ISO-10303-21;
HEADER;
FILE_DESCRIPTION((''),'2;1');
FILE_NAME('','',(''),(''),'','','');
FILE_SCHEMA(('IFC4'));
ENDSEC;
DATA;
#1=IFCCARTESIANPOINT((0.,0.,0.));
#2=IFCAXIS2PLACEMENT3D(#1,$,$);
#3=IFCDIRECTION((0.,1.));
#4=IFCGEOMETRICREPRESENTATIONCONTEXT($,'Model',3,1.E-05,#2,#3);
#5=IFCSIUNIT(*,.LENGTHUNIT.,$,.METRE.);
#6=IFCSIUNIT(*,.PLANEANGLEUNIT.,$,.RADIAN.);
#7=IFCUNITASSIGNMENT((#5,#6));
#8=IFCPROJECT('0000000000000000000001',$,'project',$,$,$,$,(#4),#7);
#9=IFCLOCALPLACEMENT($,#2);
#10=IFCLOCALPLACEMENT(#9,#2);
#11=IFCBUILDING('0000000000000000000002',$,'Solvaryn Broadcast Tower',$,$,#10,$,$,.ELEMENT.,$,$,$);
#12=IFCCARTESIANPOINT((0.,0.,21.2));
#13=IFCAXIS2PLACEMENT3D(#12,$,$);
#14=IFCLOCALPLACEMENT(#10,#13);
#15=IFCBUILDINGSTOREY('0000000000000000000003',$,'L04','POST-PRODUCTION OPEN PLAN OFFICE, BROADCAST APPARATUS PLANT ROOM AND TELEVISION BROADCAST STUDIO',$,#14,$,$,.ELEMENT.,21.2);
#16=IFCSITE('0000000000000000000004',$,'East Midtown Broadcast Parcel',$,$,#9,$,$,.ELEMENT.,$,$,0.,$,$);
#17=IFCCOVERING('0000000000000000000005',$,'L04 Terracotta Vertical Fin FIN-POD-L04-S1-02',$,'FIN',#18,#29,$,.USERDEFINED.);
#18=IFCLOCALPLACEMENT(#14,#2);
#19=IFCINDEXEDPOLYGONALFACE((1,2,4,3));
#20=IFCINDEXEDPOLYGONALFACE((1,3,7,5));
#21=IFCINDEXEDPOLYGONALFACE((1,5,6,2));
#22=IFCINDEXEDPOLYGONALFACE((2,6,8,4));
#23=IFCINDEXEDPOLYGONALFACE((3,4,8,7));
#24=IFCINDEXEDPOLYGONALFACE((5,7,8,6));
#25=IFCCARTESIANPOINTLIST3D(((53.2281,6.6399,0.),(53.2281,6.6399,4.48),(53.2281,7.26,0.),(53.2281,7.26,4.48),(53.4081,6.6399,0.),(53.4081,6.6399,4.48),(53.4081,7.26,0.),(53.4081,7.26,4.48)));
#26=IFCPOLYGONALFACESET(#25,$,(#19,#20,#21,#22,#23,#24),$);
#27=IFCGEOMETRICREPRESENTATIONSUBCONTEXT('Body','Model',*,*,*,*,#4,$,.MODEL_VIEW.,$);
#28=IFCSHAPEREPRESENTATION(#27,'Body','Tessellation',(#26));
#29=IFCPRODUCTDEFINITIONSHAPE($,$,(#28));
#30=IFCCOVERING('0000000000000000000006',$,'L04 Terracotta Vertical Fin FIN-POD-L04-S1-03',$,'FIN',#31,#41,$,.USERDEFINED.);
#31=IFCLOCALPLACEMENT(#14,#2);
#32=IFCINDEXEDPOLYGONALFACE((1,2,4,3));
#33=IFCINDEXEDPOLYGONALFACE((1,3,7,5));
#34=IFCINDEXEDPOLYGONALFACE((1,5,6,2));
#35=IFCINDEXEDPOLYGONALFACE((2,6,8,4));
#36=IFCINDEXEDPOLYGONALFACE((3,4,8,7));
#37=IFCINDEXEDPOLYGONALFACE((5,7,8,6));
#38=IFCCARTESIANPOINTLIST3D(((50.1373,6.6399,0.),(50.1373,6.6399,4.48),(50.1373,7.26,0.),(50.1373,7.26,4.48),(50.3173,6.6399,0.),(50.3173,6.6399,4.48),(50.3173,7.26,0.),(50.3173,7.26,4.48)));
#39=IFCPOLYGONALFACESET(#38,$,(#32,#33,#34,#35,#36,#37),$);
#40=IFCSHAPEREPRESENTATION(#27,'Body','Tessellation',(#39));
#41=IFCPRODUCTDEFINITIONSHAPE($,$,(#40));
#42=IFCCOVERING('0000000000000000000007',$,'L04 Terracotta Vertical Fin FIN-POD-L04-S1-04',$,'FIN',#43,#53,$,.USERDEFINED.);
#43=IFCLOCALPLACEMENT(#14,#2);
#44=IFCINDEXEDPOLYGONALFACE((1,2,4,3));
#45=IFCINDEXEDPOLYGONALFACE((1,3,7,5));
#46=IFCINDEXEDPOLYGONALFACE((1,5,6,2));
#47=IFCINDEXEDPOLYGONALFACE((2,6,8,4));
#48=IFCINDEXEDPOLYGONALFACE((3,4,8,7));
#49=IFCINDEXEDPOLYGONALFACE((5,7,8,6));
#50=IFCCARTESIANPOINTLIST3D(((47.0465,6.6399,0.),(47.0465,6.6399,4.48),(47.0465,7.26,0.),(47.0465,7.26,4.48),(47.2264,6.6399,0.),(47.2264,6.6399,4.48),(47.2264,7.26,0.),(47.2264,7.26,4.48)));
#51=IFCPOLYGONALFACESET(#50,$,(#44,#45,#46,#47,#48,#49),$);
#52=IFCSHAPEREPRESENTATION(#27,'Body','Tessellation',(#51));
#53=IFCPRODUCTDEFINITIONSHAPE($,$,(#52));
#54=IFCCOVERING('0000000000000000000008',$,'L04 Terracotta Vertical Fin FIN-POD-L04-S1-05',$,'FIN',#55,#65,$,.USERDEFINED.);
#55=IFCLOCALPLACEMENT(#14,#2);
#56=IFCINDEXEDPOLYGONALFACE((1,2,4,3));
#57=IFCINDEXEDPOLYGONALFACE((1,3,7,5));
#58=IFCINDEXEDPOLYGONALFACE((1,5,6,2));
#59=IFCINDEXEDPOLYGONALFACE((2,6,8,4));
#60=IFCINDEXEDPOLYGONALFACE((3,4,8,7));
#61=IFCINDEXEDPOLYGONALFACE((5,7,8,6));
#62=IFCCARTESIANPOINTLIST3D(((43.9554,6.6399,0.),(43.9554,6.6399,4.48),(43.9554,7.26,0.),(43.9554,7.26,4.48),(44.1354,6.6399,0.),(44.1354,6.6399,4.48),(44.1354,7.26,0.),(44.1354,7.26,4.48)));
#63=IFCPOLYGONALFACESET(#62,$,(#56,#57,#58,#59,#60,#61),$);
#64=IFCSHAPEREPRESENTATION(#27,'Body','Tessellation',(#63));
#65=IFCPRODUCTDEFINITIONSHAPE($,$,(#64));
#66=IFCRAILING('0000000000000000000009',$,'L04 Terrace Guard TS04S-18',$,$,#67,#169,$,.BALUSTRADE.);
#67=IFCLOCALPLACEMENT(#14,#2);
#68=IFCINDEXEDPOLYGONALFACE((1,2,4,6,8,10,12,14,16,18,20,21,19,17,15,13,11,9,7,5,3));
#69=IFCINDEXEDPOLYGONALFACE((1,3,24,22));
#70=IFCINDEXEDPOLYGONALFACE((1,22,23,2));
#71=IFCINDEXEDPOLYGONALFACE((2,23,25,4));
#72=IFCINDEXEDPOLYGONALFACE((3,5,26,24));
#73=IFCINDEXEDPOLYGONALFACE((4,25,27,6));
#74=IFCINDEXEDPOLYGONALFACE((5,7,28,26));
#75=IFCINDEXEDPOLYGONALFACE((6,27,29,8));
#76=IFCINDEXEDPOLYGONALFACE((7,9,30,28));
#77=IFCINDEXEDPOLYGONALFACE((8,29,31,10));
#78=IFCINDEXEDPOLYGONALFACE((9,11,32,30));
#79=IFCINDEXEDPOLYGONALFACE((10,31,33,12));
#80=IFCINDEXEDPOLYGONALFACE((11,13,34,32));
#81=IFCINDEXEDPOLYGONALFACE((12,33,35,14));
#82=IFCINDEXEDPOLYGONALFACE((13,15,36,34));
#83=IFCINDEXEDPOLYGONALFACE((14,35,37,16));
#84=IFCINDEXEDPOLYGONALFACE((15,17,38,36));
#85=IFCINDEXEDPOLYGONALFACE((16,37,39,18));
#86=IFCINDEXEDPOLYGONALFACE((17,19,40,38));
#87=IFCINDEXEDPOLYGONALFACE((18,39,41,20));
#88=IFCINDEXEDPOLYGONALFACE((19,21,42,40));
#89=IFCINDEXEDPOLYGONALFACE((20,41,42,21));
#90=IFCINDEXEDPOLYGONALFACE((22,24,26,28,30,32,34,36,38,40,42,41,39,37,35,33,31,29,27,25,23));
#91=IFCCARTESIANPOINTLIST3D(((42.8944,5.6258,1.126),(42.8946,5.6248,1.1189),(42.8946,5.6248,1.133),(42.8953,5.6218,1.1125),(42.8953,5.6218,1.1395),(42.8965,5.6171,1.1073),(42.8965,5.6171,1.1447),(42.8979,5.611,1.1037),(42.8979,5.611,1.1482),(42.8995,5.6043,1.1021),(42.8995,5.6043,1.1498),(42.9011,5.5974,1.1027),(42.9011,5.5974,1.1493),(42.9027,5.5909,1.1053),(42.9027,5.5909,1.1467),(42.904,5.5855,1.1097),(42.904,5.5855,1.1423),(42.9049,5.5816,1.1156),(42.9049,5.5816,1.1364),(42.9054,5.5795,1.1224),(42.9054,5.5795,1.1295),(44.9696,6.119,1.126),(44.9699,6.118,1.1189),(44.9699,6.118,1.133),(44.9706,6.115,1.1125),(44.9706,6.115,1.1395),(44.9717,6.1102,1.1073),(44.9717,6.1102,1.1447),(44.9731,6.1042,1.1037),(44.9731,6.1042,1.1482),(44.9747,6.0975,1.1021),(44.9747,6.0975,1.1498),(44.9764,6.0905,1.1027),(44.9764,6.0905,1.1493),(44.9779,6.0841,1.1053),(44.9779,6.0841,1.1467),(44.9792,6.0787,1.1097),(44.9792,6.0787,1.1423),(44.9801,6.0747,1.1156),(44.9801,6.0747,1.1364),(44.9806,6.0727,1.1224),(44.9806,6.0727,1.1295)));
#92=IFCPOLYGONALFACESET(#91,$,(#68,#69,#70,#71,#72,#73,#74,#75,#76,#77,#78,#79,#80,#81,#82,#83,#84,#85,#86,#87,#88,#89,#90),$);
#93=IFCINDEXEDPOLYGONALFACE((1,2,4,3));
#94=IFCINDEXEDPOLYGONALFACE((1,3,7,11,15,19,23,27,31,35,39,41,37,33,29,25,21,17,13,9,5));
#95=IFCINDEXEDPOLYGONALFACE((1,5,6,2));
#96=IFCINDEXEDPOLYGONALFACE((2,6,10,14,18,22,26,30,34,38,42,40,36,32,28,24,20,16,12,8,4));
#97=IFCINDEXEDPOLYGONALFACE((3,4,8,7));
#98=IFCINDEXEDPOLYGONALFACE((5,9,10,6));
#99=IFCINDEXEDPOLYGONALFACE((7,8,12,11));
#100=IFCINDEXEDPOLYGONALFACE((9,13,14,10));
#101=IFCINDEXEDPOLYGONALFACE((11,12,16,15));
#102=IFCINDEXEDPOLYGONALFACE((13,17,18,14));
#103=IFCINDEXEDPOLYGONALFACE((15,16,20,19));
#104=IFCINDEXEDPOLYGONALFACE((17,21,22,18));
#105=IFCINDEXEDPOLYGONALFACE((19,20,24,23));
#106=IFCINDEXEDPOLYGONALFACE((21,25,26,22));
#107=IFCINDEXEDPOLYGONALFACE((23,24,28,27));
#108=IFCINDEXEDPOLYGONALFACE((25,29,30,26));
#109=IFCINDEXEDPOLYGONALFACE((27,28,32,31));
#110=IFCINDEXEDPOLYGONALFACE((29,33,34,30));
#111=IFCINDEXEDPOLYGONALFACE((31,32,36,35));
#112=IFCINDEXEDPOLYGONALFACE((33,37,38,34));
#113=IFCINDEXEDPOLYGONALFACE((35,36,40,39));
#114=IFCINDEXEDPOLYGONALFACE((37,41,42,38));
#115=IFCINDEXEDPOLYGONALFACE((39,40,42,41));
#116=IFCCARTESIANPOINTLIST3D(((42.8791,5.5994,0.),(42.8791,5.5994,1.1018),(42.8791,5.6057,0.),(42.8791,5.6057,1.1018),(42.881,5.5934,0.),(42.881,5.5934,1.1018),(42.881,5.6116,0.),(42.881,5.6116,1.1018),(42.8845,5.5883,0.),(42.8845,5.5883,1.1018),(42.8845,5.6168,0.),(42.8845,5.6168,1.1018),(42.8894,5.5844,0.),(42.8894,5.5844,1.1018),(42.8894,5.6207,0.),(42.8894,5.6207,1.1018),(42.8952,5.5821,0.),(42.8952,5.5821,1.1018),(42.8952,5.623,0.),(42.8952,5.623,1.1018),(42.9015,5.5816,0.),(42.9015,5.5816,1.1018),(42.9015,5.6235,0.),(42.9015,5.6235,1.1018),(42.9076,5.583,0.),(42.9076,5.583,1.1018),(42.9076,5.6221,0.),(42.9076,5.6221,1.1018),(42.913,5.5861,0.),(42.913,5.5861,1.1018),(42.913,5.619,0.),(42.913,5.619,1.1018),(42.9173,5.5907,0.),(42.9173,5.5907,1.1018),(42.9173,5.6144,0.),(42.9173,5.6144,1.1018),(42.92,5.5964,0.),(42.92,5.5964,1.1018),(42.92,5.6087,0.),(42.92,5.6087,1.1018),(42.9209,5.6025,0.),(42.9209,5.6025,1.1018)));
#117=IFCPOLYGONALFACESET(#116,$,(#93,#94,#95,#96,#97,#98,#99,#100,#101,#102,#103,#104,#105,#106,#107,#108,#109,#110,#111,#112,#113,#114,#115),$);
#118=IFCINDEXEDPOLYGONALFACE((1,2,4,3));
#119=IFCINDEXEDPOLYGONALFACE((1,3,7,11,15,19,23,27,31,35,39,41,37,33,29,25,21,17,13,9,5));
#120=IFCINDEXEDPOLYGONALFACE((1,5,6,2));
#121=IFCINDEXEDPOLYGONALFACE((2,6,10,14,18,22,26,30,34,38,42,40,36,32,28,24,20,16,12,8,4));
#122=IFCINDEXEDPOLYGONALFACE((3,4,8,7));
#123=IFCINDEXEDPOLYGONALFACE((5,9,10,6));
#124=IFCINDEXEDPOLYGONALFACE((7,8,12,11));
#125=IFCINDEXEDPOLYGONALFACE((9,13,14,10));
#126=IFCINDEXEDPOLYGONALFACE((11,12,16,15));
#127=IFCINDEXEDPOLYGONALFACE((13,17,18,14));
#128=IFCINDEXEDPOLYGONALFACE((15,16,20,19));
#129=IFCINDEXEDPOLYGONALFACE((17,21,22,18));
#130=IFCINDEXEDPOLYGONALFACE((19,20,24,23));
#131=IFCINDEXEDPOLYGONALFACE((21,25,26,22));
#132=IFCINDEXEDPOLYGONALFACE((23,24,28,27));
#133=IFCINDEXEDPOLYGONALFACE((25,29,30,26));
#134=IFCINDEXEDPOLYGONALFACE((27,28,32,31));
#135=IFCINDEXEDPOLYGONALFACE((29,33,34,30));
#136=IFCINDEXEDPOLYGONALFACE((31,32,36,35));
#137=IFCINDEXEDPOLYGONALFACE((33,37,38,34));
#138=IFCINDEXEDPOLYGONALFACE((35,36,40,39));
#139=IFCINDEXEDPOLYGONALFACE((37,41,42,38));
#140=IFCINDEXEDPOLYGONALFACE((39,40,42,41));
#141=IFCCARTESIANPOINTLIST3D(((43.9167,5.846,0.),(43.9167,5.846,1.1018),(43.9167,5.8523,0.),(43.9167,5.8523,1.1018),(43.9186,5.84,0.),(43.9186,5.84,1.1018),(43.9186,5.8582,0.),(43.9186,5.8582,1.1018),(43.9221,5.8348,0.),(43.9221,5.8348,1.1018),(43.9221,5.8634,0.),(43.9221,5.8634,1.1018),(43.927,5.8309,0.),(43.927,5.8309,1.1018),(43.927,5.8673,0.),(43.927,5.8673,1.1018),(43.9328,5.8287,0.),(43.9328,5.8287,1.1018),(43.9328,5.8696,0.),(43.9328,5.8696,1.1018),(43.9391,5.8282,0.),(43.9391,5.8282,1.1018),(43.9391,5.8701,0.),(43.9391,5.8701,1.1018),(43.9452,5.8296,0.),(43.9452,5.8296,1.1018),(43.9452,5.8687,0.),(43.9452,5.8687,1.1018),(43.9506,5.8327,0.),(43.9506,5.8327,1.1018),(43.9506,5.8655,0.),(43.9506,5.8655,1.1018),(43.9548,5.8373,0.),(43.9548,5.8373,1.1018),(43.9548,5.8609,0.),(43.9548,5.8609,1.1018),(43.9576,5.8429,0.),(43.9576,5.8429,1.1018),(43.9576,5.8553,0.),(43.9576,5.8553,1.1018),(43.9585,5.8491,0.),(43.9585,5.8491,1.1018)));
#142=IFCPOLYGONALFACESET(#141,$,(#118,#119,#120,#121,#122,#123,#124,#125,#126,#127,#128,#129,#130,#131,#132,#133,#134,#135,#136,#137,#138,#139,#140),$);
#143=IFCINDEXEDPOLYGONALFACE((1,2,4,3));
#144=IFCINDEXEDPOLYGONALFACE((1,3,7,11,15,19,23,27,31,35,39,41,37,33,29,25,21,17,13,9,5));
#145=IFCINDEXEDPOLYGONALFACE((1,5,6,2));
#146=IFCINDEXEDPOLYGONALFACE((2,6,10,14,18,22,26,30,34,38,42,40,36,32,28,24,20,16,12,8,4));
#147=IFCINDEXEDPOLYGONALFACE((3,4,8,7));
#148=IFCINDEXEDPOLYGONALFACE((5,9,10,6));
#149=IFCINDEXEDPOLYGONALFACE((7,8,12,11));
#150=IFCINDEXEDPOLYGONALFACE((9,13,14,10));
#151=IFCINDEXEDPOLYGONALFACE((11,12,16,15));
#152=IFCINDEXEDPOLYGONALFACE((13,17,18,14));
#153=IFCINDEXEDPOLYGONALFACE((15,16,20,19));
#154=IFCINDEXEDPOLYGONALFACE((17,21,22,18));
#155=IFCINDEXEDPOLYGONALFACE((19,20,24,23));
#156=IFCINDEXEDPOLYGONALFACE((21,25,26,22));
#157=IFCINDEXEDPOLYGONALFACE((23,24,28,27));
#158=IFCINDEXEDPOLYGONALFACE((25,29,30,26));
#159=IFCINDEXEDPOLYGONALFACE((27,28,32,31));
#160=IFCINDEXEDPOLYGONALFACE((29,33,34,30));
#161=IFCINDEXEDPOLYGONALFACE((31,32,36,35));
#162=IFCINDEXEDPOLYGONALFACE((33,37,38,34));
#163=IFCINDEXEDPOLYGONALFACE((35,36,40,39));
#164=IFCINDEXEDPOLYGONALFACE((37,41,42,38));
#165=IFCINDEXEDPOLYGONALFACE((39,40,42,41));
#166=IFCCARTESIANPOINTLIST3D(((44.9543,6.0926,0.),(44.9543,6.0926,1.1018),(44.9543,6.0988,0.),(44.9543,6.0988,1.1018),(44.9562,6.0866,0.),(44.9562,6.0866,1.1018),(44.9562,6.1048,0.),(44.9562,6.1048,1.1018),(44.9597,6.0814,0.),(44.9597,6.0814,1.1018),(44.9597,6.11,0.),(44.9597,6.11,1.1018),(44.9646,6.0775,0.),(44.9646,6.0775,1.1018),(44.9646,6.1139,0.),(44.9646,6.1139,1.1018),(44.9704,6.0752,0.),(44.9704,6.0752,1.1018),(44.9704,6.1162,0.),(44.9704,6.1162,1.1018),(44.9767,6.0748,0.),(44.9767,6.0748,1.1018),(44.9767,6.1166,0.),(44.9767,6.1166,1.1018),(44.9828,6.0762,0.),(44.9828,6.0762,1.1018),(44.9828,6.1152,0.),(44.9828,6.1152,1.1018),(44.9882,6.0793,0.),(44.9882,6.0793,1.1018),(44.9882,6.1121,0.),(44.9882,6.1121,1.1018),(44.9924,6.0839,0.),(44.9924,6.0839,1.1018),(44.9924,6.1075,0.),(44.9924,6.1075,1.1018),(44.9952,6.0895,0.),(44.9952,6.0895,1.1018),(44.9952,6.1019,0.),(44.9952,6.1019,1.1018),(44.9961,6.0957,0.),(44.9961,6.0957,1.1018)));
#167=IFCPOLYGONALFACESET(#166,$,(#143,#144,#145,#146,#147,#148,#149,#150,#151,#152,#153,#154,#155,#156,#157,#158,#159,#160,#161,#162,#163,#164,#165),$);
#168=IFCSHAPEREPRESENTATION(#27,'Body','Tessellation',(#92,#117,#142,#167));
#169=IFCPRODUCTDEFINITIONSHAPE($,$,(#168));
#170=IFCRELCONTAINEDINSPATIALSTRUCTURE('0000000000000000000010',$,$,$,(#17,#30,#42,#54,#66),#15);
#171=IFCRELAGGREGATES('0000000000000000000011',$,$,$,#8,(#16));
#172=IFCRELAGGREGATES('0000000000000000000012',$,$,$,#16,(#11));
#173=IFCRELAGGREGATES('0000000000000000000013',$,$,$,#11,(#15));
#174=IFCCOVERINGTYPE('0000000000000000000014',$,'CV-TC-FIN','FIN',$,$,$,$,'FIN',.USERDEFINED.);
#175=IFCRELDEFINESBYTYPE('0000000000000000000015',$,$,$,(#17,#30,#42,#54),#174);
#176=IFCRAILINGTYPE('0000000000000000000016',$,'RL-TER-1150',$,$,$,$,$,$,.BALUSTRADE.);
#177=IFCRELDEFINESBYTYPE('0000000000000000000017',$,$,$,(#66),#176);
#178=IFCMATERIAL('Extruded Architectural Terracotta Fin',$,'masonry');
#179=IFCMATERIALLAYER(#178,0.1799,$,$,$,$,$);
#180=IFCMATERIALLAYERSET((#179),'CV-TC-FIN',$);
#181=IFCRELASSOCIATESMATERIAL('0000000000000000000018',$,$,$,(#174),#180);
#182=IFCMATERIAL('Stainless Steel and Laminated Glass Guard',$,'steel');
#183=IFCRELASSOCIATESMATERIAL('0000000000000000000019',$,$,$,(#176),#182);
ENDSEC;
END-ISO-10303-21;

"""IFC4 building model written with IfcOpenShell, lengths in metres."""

from ifc_helpers import new_model, si_unit, direction, frame, origin, origin_2d, place, context, subcontext, project, spatial, rectangle, circle, extrude, material, layer, layer_set, type_object, element, save


model = new_model("IFC4")

# Units and contexts
model_context = context("Model", 3, precision=1e-05, world=origin(), true_north=direction((0.0, 1.0)))
body_context = subcontext(model_context, "Body", "Model", "MODEL_VIEW")
ifc_project = project(units=[si_unit("LENGTHUNIT", "METRE"), si_unit("PLANEANGLEUNIT", "RADIAN")], contexts=[model_context])

# Site, building, storey
site_placement = place(None, origin())
site = spatial("IfcSite", under=ifc_project, at=site_placement, Name="East Midtown Broadcast Parcel", CompositionType="ELEMENT", RefElevation=0.0)
building_placement = place(site_placement, origin())
building = spatial("IfcBuilding", under=site, at=building_placement, Name="Solvaryn Broadcast Tower", CompositionType="ELEMENT")
storey_placement = place(building_placement, frame((0.0, 0.0, 21.2)))
storey = spatial("IfcBuildingStorey", under=building, at=storey_placement, Name="L04", Description="POST-PRODUCTION OPEN PLAN OFFICE, BROADCAST APPARATUS PLANT ROOM AND TELEVISION BROADCAST STUDIO", CompositionType="ELEMENT", Elevation=21.2)

# Coverings
ifc_material_1 = material(Name="Extruded Architectural Terracotta Fin", Category="masonry")
ifc_layer_1 = layer(ifc_material_1, 0.1799)
ifc_layer_set_1 = layer_set([ifc_layer_1], Name="CV-TC-FIN")
covering_type = type_object("IfcCoveringType", Name="CV-TC-FIN", Description="FIN", ElementType="FIN", PredefinedType="USERDEFINED", material=ifc_layer_set_1)
for number, where, z_axis, x_axis, name in (
    (1, (53.3181, 6.95, 0.0), (0.0, 0.0, 1.0), (1.0, 0.0, 0.0), "L04 Terracotta Vertical Fin FIN-POD-L04-S1-02"),
    (2, (50.2273, 6.95, 0.0), (0.0, 0.0, 1.0), (1.0, 0.0, 0.0), "L04 Terracotta Vertical Fin FIN-POD-L04-S1-03"),
    (3, (47.1365, 6.95, 0.0), (0.0, 0.0, 1.0), (1.0, 0.0, 0.0), "L04 Terracotta Vertical Fin FIN-POD-L04-S1-04"),
    (4, (44.0454, 6.95, 0.0), (0.0, 0.0, 1.0), (1.0, 0.0, 0.0), "L04 Terracotta Vertical Fin FIN-POD-L04-S1-05"),
):
    element("IfcCovering", number, at=place(storey_placement, frame(where, z_axis=z_axis, x_axis=x_axis)), inside=storey, type_object=covering_type, Name=name, ObjectType="FIN", PredefinedType="USERDEFINED", context=body_context, shape_type="SweptSolid", body=[
        extrude(rectangle(XDim=0.1799, YDim=0.6201, at=origin_2d()), origin(), (0.0, 0.0, 1.0), 4.48),
    ])

# Railing
ifc_material_2 = material(Name="Stainless Steel and Laminated Glass Guard", Category="steel")
railing_type = type_object("IfcRailingType", Name="RL-TER-1150", PredefinedType="BALUSTRADE", material=ifc_material_2)
railing_1_placement = place(storey_placement, frame((42.8999, 5.6025, 0.0)))
element("IfcRailing", 5, at=railing_1_placement, inside=storey, type_object=railing_type, Name="L04 Terrace Guard TS04S-18", PredefinedType="BALUSTRADE", context=body_context, shape_type="SweptSolid", body=[
    extrude(circle(Radius=0.0239, at=origin_2d()), frame((0.0, 0.0, 1.126), z_axis=(0.972904, 0.231208, 0.0), x_axis=(-0.231208, 0.972904, 0.0)), (0.0, 0.0, 1.0), 2.1331),
    extrude(circle(Radius=0.021, at=origin_2d()), origin(), (0.0, 0.0, 1.0), 1.1018),
    extrude(circle(Radius=0.021, at=origin_2d()), frame((1.0376, 0.2466, 0.0)), (0.0, 0.0, 1.0), 1.1018),
    extrude(circle(Radius=0.021, at=origin_2d()), frame((2.0752, 0.4932, 0.0)), (0.0, 0.0, 1.0), 1.1018),
])

save(model, "model.ifc")
